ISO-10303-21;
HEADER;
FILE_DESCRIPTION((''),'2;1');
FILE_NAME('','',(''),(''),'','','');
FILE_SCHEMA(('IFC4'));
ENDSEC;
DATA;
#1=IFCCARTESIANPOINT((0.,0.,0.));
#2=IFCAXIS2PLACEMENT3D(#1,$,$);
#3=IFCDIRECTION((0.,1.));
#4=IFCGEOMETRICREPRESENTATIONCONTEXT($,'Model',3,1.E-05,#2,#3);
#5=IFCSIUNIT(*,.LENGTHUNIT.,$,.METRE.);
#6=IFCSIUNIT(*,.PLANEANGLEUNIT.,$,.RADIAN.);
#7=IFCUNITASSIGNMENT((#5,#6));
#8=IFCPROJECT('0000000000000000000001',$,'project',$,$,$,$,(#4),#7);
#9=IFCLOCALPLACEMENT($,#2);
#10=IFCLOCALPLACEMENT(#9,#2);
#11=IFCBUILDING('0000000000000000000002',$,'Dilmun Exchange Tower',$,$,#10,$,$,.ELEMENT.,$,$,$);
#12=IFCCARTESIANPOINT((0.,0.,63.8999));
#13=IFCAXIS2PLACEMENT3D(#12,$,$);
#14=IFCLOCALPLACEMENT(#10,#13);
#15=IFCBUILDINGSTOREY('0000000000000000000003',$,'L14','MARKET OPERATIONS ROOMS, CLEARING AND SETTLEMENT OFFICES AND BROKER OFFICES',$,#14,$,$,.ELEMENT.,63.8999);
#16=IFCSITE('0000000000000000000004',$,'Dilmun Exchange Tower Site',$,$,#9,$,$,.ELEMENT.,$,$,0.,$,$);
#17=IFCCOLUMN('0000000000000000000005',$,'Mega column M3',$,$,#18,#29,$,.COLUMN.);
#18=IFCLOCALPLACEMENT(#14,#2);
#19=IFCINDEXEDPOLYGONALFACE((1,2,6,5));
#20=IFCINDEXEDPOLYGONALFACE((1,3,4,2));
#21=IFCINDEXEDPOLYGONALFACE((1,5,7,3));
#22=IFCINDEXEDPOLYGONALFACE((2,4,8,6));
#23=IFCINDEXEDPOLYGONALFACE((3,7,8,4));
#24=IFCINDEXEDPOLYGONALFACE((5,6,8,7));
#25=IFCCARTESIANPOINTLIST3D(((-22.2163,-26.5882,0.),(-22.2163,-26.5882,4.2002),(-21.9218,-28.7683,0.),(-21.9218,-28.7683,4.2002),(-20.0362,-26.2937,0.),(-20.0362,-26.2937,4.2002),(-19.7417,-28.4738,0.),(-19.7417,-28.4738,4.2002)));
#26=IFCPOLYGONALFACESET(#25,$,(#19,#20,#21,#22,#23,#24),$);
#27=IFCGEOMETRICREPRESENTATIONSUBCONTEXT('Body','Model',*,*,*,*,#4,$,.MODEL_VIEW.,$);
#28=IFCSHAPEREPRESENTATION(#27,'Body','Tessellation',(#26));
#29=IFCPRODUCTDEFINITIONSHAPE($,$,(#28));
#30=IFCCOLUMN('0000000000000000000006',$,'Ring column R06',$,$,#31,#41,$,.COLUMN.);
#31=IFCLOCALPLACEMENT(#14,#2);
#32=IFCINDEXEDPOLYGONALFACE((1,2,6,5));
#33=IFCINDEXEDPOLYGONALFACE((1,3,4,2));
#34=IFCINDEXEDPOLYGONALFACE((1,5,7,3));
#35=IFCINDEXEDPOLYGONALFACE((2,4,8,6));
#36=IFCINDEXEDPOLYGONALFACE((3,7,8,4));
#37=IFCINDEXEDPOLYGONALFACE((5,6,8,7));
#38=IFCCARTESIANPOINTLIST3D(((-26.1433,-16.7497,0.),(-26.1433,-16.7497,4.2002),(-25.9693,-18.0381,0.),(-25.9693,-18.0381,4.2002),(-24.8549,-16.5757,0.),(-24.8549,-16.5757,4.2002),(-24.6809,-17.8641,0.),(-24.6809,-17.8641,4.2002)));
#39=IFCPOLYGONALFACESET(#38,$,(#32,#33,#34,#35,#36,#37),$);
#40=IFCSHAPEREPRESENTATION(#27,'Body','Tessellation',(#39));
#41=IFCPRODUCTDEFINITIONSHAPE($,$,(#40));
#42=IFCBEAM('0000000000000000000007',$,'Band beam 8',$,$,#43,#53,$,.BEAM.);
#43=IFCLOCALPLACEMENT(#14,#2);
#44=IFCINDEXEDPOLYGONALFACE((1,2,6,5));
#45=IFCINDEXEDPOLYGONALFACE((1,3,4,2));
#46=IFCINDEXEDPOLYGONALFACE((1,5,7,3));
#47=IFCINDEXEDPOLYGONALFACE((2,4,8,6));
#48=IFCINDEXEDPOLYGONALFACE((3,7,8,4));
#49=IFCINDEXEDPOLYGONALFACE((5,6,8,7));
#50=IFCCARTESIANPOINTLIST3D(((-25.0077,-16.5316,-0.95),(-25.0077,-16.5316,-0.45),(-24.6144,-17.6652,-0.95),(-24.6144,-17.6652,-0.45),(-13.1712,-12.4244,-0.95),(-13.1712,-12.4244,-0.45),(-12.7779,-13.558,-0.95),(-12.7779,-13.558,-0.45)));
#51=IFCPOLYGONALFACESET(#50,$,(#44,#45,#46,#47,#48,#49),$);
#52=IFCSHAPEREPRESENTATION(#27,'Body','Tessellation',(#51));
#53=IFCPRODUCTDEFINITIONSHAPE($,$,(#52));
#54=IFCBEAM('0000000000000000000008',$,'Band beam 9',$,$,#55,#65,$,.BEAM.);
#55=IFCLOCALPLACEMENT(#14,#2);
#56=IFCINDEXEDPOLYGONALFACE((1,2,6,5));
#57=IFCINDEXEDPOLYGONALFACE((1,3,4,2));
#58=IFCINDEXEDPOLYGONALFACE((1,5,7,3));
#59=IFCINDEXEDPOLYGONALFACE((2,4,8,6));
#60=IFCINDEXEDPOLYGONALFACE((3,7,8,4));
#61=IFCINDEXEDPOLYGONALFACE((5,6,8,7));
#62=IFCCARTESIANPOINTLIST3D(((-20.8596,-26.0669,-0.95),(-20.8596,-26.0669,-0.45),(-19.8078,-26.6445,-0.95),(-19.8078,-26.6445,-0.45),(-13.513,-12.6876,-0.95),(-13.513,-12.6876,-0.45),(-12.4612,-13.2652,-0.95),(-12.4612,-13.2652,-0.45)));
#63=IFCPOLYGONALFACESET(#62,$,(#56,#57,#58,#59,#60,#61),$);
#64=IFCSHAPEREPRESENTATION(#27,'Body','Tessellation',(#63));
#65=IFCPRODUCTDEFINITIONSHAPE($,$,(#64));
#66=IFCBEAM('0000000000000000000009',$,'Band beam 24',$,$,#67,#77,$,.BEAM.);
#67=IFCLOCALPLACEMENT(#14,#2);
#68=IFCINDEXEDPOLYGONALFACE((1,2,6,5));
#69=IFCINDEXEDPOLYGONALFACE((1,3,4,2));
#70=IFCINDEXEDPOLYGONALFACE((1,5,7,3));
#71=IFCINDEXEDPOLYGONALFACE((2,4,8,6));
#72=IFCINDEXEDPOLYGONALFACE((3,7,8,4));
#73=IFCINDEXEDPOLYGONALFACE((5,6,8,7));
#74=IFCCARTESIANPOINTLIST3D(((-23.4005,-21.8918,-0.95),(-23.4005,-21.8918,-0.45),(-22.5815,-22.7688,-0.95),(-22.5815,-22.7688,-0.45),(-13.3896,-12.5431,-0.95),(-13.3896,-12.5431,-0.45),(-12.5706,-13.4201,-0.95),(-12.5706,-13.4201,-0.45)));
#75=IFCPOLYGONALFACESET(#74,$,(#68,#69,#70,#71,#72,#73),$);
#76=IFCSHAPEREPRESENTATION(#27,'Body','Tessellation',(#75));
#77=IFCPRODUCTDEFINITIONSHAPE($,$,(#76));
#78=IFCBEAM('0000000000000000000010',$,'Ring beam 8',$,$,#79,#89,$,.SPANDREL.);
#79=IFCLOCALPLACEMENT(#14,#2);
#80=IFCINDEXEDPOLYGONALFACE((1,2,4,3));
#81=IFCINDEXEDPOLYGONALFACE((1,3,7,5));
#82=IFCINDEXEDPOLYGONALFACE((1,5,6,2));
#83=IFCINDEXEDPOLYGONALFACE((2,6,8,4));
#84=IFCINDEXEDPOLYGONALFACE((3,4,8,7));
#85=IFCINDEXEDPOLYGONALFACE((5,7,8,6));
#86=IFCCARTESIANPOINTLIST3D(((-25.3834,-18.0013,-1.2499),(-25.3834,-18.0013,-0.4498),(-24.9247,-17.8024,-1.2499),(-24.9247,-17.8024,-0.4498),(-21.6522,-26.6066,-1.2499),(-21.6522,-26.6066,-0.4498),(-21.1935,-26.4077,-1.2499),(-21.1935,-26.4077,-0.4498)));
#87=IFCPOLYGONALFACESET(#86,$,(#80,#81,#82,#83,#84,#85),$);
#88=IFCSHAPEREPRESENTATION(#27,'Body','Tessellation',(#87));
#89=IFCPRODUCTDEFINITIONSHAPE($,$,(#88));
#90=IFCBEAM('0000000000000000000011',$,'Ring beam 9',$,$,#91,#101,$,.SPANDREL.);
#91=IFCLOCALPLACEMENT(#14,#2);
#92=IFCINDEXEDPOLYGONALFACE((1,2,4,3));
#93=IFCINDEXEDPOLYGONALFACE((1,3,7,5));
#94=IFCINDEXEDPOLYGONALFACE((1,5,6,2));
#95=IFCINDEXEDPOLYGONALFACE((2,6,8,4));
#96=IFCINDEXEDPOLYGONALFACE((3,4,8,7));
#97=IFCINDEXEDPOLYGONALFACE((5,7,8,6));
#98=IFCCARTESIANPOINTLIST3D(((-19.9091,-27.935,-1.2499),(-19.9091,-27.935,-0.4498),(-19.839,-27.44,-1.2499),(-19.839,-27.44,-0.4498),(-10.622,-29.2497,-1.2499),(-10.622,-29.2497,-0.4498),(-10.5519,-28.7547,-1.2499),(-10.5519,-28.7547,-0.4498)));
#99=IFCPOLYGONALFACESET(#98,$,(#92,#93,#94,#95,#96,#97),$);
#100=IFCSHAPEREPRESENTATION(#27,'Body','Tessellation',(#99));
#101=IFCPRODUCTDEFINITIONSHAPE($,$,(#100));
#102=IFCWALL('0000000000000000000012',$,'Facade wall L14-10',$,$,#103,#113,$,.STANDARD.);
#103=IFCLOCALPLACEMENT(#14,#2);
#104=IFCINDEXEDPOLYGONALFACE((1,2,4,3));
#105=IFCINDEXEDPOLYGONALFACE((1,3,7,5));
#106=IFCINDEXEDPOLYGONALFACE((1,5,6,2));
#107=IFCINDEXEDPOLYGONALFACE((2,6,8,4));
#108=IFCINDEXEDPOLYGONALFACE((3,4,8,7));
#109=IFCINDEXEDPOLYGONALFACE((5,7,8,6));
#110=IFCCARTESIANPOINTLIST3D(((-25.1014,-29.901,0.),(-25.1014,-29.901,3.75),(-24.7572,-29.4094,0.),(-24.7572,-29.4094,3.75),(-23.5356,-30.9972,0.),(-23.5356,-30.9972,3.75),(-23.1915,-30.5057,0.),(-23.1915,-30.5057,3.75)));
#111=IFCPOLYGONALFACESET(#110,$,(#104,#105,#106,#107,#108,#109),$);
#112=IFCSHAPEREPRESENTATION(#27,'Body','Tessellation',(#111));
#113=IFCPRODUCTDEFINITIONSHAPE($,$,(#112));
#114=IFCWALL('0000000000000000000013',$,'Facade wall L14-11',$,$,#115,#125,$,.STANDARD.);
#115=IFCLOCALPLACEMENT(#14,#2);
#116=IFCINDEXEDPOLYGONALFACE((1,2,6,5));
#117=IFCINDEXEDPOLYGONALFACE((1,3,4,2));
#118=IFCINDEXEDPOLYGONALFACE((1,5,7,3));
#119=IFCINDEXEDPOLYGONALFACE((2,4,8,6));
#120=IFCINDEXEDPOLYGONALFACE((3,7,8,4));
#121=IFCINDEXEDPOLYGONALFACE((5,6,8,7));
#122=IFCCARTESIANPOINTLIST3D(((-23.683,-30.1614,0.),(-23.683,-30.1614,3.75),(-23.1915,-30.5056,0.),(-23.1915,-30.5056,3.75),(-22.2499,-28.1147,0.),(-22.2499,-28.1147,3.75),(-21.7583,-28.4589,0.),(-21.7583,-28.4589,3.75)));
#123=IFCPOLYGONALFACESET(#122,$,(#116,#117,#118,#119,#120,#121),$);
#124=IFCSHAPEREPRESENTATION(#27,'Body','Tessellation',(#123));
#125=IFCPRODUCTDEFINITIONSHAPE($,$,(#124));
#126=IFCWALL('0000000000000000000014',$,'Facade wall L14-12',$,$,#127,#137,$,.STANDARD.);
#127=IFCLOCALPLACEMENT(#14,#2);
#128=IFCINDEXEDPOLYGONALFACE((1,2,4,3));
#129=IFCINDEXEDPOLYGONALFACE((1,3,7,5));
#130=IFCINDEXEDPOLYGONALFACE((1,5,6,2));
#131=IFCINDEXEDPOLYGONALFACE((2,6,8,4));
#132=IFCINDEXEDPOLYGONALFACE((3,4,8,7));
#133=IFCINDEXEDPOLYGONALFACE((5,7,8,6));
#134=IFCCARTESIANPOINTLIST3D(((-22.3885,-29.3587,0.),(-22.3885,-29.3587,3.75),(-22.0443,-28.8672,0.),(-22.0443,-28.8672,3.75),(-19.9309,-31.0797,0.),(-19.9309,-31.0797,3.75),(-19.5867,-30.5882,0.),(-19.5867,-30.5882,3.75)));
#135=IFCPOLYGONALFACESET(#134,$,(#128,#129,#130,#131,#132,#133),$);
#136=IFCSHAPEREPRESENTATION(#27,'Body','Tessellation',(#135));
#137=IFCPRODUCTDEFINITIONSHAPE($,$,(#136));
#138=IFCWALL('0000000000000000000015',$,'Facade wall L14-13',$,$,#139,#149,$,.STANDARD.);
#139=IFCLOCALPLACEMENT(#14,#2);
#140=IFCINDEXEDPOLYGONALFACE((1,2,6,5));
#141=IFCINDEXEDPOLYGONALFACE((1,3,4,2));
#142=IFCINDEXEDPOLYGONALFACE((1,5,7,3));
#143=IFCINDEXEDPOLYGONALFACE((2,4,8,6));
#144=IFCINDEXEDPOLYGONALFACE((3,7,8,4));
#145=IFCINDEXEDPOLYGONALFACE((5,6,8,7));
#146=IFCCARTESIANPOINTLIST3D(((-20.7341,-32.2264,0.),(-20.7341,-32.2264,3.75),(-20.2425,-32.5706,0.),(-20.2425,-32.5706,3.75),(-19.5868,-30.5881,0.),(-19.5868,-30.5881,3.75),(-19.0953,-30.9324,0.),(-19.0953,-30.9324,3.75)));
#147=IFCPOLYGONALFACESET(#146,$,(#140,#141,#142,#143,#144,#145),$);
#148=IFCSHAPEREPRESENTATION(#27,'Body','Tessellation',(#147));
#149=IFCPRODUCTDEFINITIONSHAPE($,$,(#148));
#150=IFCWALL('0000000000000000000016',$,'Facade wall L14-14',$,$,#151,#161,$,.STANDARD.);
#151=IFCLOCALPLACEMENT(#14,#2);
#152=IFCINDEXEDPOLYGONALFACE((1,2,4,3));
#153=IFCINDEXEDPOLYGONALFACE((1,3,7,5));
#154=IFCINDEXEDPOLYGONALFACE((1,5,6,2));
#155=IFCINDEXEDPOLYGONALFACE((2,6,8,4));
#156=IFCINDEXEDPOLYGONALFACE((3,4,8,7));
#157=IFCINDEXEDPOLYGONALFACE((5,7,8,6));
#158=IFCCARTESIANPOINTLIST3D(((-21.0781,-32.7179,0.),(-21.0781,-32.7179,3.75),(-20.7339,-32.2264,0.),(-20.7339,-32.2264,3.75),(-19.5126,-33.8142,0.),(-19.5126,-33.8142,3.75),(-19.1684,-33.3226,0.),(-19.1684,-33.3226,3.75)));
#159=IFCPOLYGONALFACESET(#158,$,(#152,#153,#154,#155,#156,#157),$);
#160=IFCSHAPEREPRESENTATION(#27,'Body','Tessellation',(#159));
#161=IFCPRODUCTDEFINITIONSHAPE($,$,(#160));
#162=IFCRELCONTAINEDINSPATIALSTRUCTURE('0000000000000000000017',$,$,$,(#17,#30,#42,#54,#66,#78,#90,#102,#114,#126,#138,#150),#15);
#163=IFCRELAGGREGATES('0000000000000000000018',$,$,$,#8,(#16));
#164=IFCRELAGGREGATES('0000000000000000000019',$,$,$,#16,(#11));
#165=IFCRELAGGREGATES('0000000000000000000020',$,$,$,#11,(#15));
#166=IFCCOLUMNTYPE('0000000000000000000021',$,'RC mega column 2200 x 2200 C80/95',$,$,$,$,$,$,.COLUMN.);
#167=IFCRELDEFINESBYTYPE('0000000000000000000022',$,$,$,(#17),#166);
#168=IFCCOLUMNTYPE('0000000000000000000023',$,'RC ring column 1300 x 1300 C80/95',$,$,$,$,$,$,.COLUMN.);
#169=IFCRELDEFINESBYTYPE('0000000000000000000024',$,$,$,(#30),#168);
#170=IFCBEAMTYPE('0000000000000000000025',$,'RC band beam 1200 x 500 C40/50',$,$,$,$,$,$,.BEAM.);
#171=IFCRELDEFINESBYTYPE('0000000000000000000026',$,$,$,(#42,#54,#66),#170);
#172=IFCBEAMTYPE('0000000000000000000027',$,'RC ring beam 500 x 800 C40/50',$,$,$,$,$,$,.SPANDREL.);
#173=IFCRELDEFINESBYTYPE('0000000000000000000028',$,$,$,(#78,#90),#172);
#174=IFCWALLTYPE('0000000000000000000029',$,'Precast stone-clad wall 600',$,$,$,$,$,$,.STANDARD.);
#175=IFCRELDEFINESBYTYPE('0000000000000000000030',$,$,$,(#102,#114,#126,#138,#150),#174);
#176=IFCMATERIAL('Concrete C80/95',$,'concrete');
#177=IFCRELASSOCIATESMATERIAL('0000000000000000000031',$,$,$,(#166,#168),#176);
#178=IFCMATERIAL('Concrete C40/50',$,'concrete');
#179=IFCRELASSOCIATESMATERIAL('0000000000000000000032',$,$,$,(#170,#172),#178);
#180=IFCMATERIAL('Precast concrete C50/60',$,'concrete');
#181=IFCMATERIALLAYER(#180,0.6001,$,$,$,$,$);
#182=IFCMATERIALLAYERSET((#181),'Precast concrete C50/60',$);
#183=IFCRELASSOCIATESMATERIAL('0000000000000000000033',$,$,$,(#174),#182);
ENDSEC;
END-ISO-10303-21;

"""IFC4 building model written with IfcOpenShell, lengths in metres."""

from ifc_helpers import new_model, si_unit, direction, frame, frame_2d, origin, origin_2d, place, context, subcontext, project, spatial, rectangle, extrude, material, layer, layer_set, material_profile, profile_set, type_object, element, save


model = new_model("IFC4")

# Units and contexts
model_context = context("Model", 3, precision=1e-05, world=origin(), true_north=direction((0.0, 1.0)))
body_context = subcontext(model_context, "Body", "Model", "MODEL_VIEW")
ifc_project = project(units=[si_unit("LENGTHUNIT", "METRE"), si_unit("PLANEANGLEUNIT", "RADIAN")], contexts=[model_context])

# Site, building, storey
site_placement = place(None, origin())
site = spatial("IfcSite", under=ifc_project, at=site_placement, Name="Dilmun Exchange Tower Site", CompositionType="ELEMENT", RefElevation=0.0)
building_placement = place(site_placement, origin())
building = spatial("IfcBuilding", under=site, at=building_placement, Name="Dilmun Exchange Tower", CompositionType="ELEMENT")
storey_placement = place(building_placement, frame((0.0, 0.0, 63.8999)))
storey = spatial("IfcBuildingStorey", under=building, at=storey_placement, Name="L14", Description="MARKET OPERATIONS ROOMS, CLEARING AND SETTLEMENT OFFICES AND BROKER OFFICES", CompositionType="ELEMENT", Elevation=63.8999)

# Columns
ifc_material_1 = material(Name="Concrete C80/95", Category="concrete")
ifc_material_profile_1 = material_profile(ifc_material_1, rectangle(XDim=2.2, YDim=2.2, at=origin_2d()), Name="2200 x 2200")
ifc_profile_set_1 = profile_set([ifc_material_profile_1], Name="Concrete C80/95")
column_type_1 = type_object("IfcColumnType", Name="RC mega column 2200 x 2200 C80/95", PredefinedType="COLUMN", material=ifc_profile_set_1)
column_1_placement = place(storey_placement, frame((-20.979, -27.531, 0.0), z_axis=(0.0, 0.0, 1.0), x_axis=(0.991001, 0.133853, 0.0)))
element("IfcColumn", 1, at=column_1_placement, inside=storey, type_object=column_type_1, Name="Mega column M3", PredefinedType="COLUMN", context=body_context, shape_type="SweptSolid", body=[
    extrude(rectangle(XDim=2.2, YDim=2.2, at=origin_2d()), origin(), (0.0, 0.0, 1.0), 4.2002),
])
ifc_material_profile_2 = material_profile(ifc_material_1, rectangle(XDim=1.3, YDim=1.3, at=origin_2d()), Name="1300 x 1300")
ifc_profile_set_2 = profile_set([ifc_material_profile_2], Name="Concrete C80/95")
column_type_2 = type_object("IfcColumnType", Name="RC ring column 1300 x 1300 C80/95", PredefinedType="COLUMN", material=ifc_profile_set_2)
column_2_placement = place(storey_placement, frame((-25.4121, -17.3069, 0.0), z_axis=(0.0, 0.0, 1.0), x_axis=(0.991001, 0.133853, 0.0)))
element("IfcColumn", 2, at=column_2_placement, inside=storey, type_object=column_type_2, Name="Ring column R06", PredefinedType="COLUMN", context=body_context, shape_type="SweptSolid", body=[
    extrude(rectangle(XDim=1.3, YDim=1.3, at=origin_2d()), origin(), (0.0, 0.0, 1.0), 4.2002),
])

# Beams
ifc_material_2 = material(Name="Concrete C40/50", Category="concrete")
ifc_material_profile_3 = material_profile(ifc_material_2, rectangle(XDim=1.2, YDim=0.5, at=origin_2d()), Name="1200 x 500")
ifc_profile_set_3 = profile_set([ifc_material_profile_3], Name="Concrete C40/50")
beam_type_1 = type_object("IfcBeamType", Name="RC band beam 1200 x 500 C40/50", PredefinedType="BEAM", material=ifc_profile_set_3)
beam_1_placement = place(storey_placement, frame((-24.811, -17.0984, -0.7), z_axis=(0.94474, 0.32782, 0.0), x_axis=(-0.32782, 0.94474, 0.0)))
element("IfcBeam", 3, at=beam_1_placement, inside=storey, type_object=beam_type_1, Name="Band beam 8", PredefinedType="BEAM", context=body_context, shape_type="SweptSolid", body=[
    extrude(rectangle(XDim=1.2, YDim=0.5, at=origin_2d()), origin(), (0.0, 0.0, 1.0), 12.5288),
])
beam_2_placement = place(storey_placement, frame((-20.3337, -26.3557, -0.7), z_axis=(0.481316, 0.876547, 0.0), x_axis=(-0.876547, 0.481316, 0.0)))
element("IfcBeam", 4, at=beam_2_placement, inside=storey, type_object=beam_type_1, Name="Band beam 9", PredefinedType="BEAM", context=body_context, shape_type="SweptSolid", body=[
    extrude(rectangle(XDim=1.2, YDim=0.5, at=origin_2d()), origin(), (0.0, 0.0, 1.0), 15.2637),
])
beam_3_placement = place(storey_placement, frame((-22.991, -22.3303, -0.7), z_axis=(0.730863, 0.682524, 0.0), x_axis=(-0.682524, 0.730863, 0.0)))
element("IfcBeam", 5, at=beam_3_placement, inside=storey, type_object=beam_type_1, Name="Band beam 24", PredefinedType="BEAM", context=body_context, shape_type="SweptSolid", body=[
    extrude(rectangle(XDim=1.2, YDim=0.5, at=origin_2d()), origin(), (0.0, 0.0, 1.0), 13.6973),
])
ifc_material_profile_4 = material_profile(ifc_material_2, rectangle(XDim=0.5, YDim=0.8, at=origin_2d()), Name="500 x 800")
ifc_profile_set_4 = profile_set([ifc_material_profile_4], Name="Concrete C40/50")
beam_type_2 = type_object("IfcBeamType", Name="RC ring beam 500 x 800 C40/50", PredefinedType="SPANDREL", material=ifc_profile_set_4)
beam_4_placement = place(storey_placement, frame((-25.1541, -17.9019, -0.8499), z_axis=(0.397811, -0.917467, 0.0), x_axis=(0.917467, 0.397811, 0.0)))
element("IfcBeam", 6, at=beam_4_placement, inside=storey, type_object=beam_type_2, Name="Ring beam 8", PredefinedType="SPANDREL", context=body_context, shape_type="SweptSolid", body=[
    extrude(rectangle(XDim=0.5, YDim=0.8, at=origin_2d()), origin(), (0.0, 0.0, 1.0), 9.3794),
])
beam_5_placement = place(storey_placement, frame((-19.874, -27.6875, -0.8499), z_axis=(0.990128, -0.140164, 0.0), x_axis=(0.140164, 0.990128, 0.0)))
element("IfcBeam", 7, at=beam_5_placement, inside=storey, type_object=beam_type_2, Name="Ring beam 9", PredefinedType="SPANDREL", context=body_context, shape_type="SweptSolid", body=[
    extrude(rectangle(XDim=0.5, YDim=0.8, at=origin_2d()), origin(), (0.0, 0.0, 1.0), 9.3796),
])

# Walls
ifc_material_3 = material(Name="Precast concrete C50/60", Category="concrete")
ifc_layer = layer(ifc_material_3, 0.6001)
ifc_layer_set = layer_set([ifc_layer], Name="Precast concrete C50/60")
wall_type = type_object("IfcWallType", Name="Precast stone-clad wall 600", PredefinedType="STANDARD", material=ifc_layer_set)
wall_1_placement = place(storey_placement, frame((-24.9292, -29.6553, 0.0), z_axis=(0.0, 0.0, 1.0), x_axis=(0.819178, -0.573539, 0.0)))
element("IfcWall", 8, at=wall_1_placement, inside=storey, type_object=wall_type, Name="Facade wall L14-10", PredefinedType="STANDARD", context=body_context, shape_type="SweptSolid", body=[
    extrude(rectangle(XDim=1.9114, YDim=0.6001, at=frame_2d((0.9556, 0.0))), origin(), (0.0, 0.0, 1.0), 3.75),
])
wall_2_placement = place(storey_placement, frame((-23.4373, -30.3335, 0.0), z_axis=(0.0, 0.0, 1.0), x_axis=(0.573587, 0.819145, 0.0)))
element("IfcWall", 9, at=wall_2_placement, inside=storey, type_object=wall_type, Name="Facade wall L14-11", PredefinedType="STANDARD", context=body_context, shape_type="SweptSolid", body=[
    extrude(rectangle(XDim=2.4985, YDim=0.6001, at=frame_2d((1.2493, 0.0))), origin(), (0.0, 0.0, 1.0), 3.75),
])
wall_3_placement = place(storey_placement, frame((-22.2163, -29.113, 0.0), z_axis=(0.0, 0.0, 1.0), x_axis=(0.819125, -0.573615, 0.0)))
element("IfcWall", 10, at=wall_3_placement, inside=storey, type_object=wall_type, Name="Facade wall L14-12", PredefinedType="STANDARD", context=body_context, shape_type="SweptSolid", body=[
    extrude(rectangle(XDim=3.0002, YDim=0.6001, at=frame_2d((1.5, 0.0))), origin(), (0.0, 0.0, 1.0), 3.75),
])
wall_4_placement = place(storey_placement, frame((-19.3411, -30.7603, 0.0), z_axis=(0.0, 0.0, 1.0), x_axis=(-0.573626, -0.819117, 0.0)))
element("IfcWall", 11, at=wall_4_placement, inside=storey, type_object=wall_type, Name="Facade wall L14-13", PredefinedType="STANDARD", context=body_context, shape_type="SweptSolid", body=[
    extrude(rectangle(XDim=2.0, YDim=0.6001, at=frame_2d((1.0, 0.0))), origin(), (0.0, 0.0, 1.0), 3.75),
])
wall_5_placement = place(storey_placement, frame((-20.906, -32.4722, 0.0), z_axis=(0.0, 0.0, 1.0), x_axis=(0.819136, -0.5736, 0.0)))
element("IfcWall", 12, at=wall_5_placement, inside=storey, type_object=wall_type, Name="Facade wall L14-14", PredefinedType="STANDARD", context=body_context, shape_type="SweptSolid", body=[
    extrude(rectangle(XDim=1.9111, YDim=0.6001, at=frame_2d((0.9556, 0.0))), origin(), (0.0, 0.0, 1.0), 3.75),
])

save(model, "model.ifc")
